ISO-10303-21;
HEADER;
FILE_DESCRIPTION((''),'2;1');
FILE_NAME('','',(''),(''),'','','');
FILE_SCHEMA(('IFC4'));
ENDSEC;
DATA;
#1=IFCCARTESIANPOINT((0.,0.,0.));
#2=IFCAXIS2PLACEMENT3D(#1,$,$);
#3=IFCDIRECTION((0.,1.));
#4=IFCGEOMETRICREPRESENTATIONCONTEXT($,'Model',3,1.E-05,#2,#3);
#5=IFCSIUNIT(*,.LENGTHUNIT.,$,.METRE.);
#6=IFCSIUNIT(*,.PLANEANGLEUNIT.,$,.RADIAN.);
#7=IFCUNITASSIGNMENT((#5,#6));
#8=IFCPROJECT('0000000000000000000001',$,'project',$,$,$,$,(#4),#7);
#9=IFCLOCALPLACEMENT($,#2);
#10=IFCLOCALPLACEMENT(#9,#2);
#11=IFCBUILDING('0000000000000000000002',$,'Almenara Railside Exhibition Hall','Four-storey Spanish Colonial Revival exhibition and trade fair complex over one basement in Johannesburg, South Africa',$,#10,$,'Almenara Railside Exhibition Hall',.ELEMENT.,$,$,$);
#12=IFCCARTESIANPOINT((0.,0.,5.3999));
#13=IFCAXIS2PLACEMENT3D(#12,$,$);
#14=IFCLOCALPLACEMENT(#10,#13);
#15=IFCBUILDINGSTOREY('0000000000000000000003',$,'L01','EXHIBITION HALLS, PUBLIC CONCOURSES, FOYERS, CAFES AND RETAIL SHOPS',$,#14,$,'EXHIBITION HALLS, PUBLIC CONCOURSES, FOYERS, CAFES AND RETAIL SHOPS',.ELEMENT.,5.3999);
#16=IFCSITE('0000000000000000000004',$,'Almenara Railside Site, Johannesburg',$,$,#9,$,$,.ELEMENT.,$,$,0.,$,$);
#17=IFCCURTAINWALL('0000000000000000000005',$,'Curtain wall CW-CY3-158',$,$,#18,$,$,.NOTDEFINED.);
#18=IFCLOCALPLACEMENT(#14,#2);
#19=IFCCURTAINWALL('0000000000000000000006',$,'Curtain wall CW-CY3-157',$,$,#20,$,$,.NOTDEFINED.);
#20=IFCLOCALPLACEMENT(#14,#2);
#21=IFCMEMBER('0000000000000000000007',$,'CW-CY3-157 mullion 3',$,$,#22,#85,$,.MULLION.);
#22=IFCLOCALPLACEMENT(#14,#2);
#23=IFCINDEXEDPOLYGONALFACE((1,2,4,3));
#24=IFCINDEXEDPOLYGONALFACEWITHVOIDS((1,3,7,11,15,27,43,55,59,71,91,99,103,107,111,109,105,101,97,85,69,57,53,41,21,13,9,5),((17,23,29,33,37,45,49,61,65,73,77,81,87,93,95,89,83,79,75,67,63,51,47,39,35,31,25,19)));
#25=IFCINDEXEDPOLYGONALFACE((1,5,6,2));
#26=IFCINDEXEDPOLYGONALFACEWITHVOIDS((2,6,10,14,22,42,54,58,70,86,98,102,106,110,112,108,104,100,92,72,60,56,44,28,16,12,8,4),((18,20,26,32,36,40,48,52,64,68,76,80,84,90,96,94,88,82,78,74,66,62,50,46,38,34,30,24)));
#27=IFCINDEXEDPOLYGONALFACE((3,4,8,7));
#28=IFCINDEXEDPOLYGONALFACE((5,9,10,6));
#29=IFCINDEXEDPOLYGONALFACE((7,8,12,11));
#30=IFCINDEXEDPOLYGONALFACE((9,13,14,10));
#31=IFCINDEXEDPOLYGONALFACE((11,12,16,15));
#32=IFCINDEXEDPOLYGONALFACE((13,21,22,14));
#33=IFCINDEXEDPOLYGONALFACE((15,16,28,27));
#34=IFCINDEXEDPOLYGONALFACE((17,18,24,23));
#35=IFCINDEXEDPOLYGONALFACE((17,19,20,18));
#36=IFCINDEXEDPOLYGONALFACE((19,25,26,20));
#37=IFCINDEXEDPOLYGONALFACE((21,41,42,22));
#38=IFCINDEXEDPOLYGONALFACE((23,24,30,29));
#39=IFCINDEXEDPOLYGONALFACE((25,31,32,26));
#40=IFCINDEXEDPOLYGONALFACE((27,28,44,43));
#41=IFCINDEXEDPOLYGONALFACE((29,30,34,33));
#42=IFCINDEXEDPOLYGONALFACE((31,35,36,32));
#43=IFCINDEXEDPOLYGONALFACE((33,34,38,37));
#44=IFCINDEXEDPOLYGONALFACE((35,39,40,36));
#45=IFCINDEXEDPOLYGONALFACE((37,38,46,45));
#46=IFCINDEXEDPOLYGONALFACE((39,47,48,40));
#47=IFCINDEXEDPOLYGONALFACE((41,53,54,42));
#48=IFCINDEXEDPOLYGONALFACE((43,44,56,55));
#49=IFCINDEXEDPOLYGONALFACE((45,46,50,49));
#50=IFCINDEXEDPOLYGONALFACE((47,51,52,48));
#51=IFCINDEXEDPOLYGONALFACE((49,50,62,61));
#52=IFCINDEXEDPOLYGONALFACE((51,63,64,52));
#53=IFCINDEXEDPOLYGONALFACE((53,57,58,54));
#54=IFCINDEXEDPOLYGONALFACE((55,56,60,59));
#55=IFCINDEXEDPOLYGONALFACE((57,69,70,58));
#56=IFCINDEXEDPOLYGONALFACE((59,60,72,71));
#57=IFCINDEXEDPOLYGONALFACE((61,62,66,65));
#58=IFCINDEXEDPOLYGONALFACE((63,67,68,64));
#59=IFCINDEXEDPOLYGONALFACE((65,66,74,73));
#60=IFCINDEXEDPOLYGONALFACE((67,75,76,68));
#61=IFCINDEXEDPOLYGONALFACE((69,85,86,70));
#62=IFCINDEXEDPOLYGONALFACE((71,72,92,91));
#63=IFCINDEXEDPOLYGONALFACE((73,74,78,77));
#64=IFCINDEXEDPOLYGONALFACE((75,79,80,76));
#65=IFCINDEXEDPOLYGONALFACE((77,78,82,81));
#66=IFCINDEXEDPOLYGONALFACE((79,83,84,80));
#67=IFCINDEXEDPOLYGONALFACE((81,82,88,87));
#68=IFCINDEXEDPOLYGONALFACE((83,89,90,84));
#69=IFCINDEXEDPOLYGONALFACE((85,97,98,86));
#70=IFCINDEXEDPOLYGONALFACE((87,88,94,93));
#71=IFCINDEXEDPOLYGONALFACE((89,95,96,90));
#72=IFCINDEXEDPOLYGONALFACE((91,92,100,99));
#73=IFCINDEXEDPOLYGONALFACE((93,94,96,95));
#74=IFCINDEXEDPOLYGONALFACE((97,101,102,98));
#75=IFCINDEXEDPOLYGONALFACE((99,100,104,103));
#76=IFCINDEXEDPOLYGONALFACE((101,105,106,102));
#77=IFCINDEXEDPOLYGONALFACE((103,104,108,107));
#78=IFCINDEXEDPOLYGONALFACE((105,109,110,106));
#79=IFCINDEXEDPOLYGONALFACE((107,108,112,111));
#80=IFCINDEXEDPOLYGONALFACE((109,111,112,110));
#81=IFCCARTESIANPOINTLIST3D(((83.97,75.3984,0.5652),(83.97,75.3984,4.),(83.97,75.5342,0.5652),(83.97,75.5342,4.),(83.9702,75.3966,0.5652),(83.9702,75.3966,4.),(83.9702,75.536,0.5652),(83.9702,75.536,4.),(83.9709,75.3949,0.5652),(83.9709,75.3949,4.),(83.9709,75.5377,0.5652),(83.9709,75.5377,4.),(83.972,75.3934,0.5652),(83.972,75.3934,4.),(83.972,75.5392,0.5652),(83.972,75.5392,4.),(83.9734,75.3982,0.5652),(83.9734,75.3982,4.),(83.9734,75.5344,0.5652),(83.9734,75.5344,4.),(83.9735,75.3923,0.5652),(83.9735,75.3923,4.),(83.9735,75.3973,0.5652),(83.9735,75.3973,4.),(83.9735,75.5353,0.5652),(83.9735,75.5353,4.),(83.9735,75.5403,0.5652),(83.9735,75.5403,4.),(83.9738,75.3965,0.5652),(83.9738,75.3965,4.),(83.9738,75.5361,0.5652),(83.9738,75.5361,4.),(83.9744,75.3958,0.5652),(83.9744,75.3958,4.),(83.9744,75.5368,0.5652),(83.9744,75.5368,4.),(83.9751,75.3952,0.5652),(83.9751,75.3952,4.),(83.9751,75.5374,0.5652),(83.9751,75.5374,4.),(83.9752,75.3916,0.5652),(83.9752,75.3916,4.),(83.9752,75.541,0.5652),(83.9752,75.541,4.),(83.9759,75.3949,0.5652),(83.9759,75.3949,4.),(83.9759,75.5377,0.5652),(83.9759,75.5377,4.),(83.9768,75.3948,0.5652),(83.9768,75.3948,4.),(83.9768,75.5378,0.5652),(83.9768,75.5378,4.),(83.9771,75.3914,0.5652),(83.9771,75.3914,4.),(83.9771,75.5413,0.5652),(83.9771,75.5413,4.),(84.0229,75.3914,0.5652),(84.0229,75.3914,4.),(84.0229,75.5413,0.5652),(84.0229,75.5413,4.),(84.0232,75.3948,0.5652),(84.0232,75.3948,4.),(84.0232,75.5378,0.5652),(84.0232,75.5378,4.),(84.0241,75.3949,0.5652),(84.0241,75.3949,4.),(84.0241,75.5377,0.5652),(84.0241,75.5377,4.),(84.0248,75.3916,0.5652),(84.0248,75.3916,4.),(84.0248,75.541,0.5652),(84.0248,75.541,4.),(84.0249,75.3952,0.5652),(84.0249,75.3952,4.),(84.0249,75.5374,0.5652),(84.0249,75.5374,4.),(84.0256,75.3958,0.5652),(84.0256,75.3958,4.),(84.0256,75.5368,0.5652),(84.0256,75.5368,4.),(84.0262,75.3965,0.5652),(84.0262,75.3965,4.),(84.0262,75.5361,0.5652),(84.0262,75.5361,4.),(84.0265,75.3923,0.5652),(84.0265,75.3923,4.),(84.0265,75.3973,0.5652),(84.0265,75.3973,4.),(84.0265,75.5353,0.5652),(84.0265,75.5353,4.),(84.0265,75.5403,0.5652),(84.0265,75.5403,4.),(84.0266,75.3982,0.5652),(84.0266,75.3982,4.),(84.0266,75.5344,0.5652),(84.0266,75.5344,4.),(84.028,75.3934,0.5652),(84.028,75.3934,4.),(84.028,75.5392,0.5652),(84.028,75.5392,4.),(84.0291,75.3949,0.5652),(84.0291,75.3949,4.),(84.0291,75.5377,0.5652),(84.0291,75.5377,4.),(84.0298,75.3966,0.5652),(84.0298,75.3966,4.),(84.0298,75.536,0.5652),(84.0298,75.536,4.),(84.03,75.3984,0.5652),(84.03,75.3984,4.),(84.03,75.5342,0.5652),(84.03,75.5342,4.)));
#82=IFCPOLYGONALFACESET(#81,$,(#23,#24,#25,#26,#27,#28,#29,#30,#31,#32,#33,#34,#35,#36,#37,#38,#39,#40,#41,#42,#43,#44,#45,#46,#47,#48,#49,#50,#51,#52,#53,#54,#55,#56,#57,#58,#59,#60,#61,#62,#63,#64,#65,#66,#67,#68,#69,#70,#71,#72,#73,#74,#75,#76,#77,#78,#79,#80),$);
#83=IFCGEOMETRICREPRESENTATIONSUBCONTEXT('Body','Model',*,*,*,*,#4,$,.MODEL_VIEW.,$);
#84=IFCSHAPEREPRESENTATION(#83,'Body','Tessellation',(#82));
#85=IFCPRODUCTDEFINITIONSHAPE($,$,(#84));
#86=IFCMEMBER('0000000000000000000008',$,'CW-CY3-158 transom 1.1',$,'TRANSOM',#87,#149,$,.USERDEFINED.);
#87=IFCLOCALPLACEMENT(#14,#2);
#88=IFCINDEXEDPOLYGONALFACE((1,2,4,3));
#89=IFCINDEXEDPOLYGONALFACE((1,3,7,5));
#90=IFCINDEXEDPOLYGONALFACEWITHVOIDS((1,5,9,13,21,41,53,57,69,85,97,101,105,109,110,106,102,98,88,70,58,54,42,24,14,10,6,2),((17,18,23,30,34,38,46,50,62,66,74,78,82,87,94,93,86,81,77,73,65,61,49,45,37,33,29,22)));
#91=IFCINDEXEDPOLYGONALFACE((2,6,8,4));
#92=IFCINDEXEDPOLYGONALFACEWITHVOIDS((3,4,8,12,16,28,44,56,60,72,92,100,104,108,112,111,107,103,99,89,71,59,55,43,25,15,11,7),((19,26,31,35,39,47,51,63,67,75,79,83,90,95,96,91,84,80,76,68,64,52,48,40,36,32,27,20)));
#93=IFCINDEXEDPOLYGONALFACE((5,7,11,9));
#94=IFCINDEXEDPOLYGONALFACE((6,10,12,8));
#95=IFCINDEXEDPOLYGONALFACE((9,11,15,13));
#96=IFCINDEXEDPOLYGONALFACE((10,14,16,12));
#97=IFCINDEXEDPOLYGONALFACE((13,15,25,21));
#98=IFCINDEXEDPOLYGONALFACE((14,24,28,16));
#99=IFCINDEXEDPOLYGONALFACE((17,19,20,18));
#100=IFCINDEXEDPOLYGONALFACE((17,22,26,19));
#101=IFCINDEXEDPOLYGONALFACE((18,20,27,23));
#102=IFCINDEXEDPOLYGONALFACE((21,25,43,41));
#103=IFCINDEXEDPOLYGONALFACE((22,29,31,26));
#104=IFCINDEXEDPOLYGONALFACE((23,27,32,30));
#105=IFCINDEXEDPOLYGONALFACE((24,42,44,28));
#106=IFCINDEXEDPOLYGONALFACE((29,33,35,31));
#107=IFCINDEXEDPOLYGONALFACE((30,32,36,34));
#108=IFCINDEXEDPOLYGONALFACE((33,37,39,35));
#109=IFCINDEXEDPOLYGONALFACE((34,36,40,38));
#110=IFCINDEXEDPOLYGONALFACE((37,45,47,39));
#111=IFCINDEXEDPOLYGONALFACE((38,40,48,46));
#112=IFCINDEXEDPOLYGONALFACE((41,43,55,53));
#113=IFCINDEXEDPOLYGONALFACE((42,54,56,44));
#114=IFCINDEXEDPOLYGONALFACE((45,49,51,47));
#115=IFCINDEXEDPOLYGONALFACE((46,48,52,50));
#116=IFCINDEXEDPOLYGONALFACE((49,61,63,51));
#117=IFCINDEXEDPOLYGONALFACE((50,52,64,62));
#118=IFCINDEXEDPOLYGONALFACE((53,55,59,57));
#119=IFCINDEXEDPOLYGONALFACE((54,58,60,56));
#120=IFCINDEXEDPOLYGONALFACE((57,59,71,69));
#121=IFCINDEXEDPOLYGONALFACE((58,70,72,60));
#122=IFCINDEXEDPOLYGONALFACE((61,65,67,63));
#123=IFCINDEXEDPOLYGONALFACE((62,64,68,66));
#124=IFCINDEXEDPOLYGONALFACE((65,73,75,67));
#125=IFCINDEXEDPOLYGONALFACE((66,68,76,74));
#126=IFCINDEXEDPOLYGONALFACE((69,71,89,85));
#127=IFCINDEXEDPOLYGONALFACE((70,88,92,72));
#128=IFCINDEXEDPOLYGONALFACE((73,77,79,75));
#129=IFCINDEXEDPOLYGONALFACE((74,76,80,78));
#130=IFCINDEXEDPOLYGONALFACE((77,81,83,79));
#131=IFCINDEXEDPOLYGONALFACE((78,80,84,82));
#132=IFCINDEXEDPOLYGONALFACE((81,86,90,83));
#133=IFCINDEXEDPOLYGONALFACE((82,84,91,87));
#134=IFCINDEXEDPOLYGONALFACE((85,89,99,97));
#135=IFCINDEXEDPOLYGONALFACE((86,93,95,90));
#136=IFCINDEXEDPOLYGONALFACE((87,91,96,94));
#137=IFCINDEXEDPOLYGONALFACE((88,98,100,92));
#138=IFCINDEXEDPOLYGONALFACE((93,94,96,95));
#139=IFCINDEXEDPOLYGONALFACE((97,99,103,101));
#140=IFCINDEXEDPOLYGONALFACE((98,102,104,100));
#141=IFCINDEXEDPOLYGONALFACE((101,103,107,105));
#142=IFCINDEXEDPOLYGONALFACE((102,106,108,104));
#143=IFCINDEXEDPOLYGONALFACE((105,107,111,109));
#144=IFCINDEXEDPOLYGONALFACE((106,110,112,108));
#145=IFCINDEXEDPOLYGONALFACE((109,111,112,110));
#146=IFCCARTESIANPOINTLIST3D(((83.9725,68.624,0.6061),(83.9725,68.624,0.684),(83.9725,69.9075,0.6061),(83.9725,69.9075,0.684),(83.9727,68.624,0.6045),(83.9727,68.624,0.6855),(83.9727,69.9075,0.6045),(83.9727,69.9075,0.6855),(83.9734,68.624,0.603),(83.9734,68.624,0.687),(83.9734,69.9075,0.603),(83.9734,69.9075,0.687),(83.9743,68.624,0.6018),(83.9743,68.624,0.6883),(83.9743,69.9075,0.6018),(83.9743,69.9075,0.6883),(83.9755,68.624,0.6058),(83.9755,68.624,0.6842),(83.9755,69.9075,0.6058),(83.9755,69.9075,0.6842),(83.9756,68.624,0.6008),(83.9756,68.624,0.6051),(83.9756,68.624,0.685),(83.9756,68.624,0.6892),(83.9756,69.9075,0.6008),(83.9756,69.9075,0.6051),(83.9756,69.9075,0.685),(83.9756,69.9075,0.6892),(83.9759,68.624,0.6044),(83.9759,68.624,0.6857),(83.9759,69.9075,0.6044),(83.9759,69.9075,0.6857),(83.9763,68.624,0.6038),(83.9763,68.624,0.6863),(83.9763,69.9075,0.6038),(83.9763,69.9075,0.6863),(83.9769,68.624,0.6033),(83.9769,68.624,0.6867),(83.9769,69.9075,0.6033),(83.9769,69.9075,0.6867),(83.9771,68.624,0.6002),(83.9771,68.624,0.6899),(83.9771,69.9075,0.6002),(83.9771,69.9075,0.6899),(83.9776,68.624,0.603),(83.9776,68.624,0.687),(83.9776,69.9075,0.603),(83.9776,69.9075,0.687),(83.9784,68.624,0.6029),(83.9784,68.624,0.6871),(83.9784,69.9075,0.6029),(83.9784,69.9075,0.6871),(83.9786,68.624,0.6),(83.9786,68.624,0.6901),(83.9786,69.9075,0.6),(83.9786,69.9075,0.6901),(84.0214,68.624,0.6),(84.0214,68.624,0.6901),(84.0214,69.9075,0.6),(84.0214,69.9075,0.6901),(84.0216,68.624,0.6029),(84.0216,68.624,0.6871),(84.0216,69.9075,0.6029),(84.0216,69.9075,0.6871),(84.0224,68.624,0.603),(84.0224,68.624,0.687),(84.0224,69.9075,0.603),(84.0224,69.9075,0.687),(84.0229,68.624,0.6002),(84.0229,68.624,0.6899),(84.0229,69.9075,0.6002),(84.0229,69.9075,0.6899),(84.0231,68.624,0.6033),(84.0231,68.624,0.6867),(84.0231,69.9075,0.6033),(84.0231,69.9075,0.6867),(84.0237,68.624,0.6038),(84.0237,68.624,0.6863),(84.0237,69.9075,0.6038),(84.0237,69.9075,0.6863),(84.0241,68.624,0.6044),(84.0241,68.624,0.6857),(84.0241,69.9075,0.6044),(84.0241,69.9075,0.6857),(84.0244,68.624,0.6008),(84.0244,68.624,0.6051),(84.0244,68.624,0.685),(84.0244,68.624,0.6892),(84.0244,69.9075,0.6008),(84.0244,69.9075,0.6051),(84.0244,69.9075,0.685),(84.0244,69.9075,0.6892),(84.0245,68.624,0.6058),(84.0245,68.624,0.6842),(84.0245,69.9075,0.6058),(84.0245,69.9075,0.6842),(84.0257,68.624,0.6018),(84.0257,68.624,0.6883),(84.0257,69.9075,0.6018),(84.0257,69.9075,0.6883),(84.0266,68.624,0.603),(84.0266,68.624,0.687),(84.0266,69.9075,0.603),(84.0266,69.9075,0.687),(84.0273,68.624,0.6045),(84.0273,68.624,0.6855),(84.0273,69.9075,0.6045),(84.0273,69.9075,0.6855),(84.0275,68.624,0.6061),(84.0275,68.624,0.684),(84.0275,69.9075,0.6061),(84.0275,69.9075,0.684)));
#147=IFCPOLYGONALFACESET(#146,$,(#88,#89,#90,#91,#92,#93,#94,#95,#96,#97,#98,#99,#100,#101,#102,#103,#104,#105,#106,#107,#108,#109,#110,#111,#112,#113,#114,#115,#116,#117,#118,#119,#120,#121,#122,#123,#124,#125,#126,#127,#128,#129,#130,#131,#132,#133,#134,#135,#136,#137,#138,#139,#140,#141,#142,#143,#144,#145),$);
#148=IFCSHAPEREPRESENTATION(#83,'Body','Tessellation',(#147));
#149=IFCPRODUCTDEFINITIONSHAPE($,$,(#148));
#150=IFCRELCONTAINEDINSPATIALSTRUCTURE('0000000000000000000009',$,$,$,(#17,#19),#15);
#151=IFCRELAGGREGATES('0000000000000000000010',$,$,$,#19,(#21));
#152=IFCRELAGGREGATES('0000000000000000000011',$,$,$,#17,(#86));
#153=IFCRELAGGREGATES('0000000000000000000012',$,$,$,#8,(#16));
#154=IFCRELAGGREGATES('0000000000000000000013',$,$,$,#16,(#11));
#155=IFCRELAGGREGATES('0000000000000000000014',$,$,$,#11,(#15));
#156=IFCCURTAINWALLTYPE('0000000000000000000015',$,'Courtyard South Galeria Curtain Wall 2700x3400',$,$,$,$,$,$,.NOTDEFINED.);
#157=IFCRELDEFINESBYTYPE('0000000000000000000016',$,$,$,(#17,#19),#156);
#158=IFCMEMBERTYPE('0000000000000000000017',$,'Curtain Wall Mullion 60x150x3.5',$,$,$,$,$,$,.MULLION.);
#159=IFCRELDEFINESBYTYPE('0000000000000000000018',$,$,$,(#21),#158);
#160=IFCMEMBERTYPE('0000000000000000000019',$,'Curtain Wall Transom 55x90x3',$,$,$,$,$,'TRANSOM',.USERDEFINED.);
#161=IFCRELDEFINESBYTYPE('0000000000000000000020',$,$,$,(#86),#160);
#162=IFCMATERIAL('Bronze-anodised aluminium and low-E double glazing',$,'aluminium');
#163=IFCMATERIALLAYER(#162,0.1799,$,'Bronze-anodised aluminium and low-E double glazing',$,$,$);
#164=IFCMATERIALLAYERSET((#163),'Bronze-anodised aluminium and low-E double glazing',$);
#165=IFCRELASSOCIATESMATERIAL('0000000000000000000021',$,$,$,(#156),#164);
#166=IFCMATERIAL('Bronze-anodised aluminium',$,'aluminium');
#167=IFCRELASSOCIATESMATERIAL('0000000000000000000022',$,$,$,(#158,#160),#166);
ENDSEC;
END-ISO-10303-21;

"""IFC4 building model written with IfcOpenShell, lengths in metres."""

from ifc_helpers import new_model, si_unit, direction, frame, origin, origin_2d, place, context, subcontext, project, spatial, hollow_rectangle, extrude, material, layer, layer_set, material_profile, profile_set, type_object, element, aggregate, save


model = new_model("IFC4")

# Units and contexts
model_context = context("Model", 3, precision=1e-05, world=origin(), true_north=direction((0.0, 1.0)))
body_context = subcontext(model_context, "Body", "Model", "MODEL_VIEW")
ifc_project = project(units=[si_unit("LENGTHUNIT", "METRE"), si_unit("PLANEANGLEUNIT", "RADIAN")], contexts=[model_context])

# Site, building, storey
site_placement = place(None, origin())
site = spatial("IfcSite", under=ifc_project, at=site_placement, Name="Almenara Railside Site, Johannesburg", CompositionType="ELEMENT", RefElevation=0.0)
building_placement = place(site_placement, origin())
building = spatial("IfcBuilding", under=site, at=building_placement, Name="Almenara Railside Exhibition Hall", Description="Four-storey Spanish Colonial Revival exhibition and trade fair complex over one basement in Johannesburg, South Africa", LongName="Almenara Railside Exhibition Hall", CompositionType="ELEMENT")
storey_placement = place(building_placement, frame((0.0, 0.0, 5.3999)))
storey = spatial("IfcBuildingStorey", under=building, at=storey_placement, Name="L01", Description="EXHIBITION HALLS, PUBLIC CONCOURSES, FOYERS, CAFES AND RETAIL SHOPS", LongName="EXHIBITION HALLS, PUBLIC CONCOURSES, FOYERS, CAFES AND RETAIL SHOPS", CompositionType="ELEMENT", Elevation=5.3999)

# Curtain wall
ifc_material_1 = material(Name="Bronze-anodised aluminium and low-E double glazing", Category="aluminium")
ifc_layer_1 = layer(ifc_material_1, 0.1799, Name="Bronze-anodised aluminium and low-E double glazing")
ifc_layer_set_1 = layer_set([ifc_layer_1], Name="Bronze-anodised aluminium and low-E double glazing")
curtain_wall_type = type_object("IfcCurtainWallType", Name="Courtyard South Galeria Curtain Wall 2700x3400", PredefinedType="NOTDEFINED", material=ifc_layer_set_1)
curtain_wall_1_placement = place(storey_placement, origin())
curtain_wall_1 = element("IfcCurtainWall", 1, at=curtain_wall_1_placement, inside=storey, type_object=curtain_wall_type, Name="Curtain wall CW-CY3-158", PredefinedType="NOTDEFINED")
ifc_material_2 = material(Name="Bronze-anodised aluminium", Category="aluminium")

# Curtain wall, member
curtain_wall_2_placement = place(storey_placement, origin())
curtain_wall_2 = element("IfcCurtainWall", 2, at=curtain_wall_2_placement, inside=storey, type_object=curtain_wall_type, Name="Curtain wall CW-CY3-157", PredefinedType="NOTDEFINED")
ifc_material_profile_1 = material_profile(ifc_material_2, hollow_rectangle(XDim=0.0601, YDim=0.1499, WallThickness=0.0034, InnerFilletRadius=0.0034, OuterFilletRadius=0.0071, at=origin_2d()), Name="ALU-MUL 60x150x3.5")
ifc_profile_set_1 = profile_set([ifc_material_profile_1], Name="Bronze-anodised aluminium")
member_type_1 = type_object("IfcMemberType", Name="Curtain Wall Mullion 60x150x3.5", PredefinedType="MULLION", material=ifc_profile_set_1)
member_1_placement = place(storey_placement, frame((84.0, 75.4663, 0.5652), z_axis=(0.0, 0.0, 1.0), x_axis=(1.0, 0.0, 0.0)))
member_1 = element("IfcMember", 3, at=member_1_placement, type_object=member_type_1, Name="CW-CY3-157 mullion 3", PredefinedType="MULLION", context=body_context, shape_type="SweptSolid", body=[
    extrude(hollow_rectangle(XDim=0.0601, YDim=0.1499, WallThickness=0.0034, InnerFilletRadius=0.0034, OuterFilletRadius=0.0071, at=origin_2d()), origin(), (0.0, 0.0, 1.0), 3.4348),
])
aggregate(curtain_wall_2, [member_1])

# Member
ifc_material_profile_2 = material_profile(ifc_material_2, hollow_rectangle(XDim=0.0549, YDim=0.0901, WallThickness=0.0029, InnerFilletRadius=0.0029, OuterFilletRadius=0.0061, at=origin_2d()), Name="ALU-TRN 55x90x3")
ifc_profile_set_2 = profile_set([ifc_material_profile_2], Name="Bronze-anodised aluminium")
member_type_2 = type_object("IfcMemberType", Name="Curtain Wall Transom 55x90x3", ElementType="TRANSOM", PredefinedType="USERDEFINED", material=ifc_profile_set_2)
member_2_placement = place(storey_placement, frame((84.0, 69.9075, 0.645), z_axis=(0.0, -1.0, 0.0), x_axis=(1.0, 0.0, 0.0)))
member_2 = element("IfcMember", 4, at=member_2_placement, type_object=member_type_2, Name="CW-CY3-158 transom 1.1", ObjectType="TRANSOM", PredefinedType="USERDEFINED", context=body_context, shape_type="SweptSolid", body=[
    extrude(hollow_rectangle(XDim=0.0549, YDim=0.0901, WallThickness=0.0029, InnerFilletRadius=0.0029, OuterFilletRadius=0.0061, at=origin_2d()), origin(), (0.0, 0.0, 1.0), 1.2834),
])

aggregate(curtain_wall_1, [member_2])

save(model, "model.ifc")
